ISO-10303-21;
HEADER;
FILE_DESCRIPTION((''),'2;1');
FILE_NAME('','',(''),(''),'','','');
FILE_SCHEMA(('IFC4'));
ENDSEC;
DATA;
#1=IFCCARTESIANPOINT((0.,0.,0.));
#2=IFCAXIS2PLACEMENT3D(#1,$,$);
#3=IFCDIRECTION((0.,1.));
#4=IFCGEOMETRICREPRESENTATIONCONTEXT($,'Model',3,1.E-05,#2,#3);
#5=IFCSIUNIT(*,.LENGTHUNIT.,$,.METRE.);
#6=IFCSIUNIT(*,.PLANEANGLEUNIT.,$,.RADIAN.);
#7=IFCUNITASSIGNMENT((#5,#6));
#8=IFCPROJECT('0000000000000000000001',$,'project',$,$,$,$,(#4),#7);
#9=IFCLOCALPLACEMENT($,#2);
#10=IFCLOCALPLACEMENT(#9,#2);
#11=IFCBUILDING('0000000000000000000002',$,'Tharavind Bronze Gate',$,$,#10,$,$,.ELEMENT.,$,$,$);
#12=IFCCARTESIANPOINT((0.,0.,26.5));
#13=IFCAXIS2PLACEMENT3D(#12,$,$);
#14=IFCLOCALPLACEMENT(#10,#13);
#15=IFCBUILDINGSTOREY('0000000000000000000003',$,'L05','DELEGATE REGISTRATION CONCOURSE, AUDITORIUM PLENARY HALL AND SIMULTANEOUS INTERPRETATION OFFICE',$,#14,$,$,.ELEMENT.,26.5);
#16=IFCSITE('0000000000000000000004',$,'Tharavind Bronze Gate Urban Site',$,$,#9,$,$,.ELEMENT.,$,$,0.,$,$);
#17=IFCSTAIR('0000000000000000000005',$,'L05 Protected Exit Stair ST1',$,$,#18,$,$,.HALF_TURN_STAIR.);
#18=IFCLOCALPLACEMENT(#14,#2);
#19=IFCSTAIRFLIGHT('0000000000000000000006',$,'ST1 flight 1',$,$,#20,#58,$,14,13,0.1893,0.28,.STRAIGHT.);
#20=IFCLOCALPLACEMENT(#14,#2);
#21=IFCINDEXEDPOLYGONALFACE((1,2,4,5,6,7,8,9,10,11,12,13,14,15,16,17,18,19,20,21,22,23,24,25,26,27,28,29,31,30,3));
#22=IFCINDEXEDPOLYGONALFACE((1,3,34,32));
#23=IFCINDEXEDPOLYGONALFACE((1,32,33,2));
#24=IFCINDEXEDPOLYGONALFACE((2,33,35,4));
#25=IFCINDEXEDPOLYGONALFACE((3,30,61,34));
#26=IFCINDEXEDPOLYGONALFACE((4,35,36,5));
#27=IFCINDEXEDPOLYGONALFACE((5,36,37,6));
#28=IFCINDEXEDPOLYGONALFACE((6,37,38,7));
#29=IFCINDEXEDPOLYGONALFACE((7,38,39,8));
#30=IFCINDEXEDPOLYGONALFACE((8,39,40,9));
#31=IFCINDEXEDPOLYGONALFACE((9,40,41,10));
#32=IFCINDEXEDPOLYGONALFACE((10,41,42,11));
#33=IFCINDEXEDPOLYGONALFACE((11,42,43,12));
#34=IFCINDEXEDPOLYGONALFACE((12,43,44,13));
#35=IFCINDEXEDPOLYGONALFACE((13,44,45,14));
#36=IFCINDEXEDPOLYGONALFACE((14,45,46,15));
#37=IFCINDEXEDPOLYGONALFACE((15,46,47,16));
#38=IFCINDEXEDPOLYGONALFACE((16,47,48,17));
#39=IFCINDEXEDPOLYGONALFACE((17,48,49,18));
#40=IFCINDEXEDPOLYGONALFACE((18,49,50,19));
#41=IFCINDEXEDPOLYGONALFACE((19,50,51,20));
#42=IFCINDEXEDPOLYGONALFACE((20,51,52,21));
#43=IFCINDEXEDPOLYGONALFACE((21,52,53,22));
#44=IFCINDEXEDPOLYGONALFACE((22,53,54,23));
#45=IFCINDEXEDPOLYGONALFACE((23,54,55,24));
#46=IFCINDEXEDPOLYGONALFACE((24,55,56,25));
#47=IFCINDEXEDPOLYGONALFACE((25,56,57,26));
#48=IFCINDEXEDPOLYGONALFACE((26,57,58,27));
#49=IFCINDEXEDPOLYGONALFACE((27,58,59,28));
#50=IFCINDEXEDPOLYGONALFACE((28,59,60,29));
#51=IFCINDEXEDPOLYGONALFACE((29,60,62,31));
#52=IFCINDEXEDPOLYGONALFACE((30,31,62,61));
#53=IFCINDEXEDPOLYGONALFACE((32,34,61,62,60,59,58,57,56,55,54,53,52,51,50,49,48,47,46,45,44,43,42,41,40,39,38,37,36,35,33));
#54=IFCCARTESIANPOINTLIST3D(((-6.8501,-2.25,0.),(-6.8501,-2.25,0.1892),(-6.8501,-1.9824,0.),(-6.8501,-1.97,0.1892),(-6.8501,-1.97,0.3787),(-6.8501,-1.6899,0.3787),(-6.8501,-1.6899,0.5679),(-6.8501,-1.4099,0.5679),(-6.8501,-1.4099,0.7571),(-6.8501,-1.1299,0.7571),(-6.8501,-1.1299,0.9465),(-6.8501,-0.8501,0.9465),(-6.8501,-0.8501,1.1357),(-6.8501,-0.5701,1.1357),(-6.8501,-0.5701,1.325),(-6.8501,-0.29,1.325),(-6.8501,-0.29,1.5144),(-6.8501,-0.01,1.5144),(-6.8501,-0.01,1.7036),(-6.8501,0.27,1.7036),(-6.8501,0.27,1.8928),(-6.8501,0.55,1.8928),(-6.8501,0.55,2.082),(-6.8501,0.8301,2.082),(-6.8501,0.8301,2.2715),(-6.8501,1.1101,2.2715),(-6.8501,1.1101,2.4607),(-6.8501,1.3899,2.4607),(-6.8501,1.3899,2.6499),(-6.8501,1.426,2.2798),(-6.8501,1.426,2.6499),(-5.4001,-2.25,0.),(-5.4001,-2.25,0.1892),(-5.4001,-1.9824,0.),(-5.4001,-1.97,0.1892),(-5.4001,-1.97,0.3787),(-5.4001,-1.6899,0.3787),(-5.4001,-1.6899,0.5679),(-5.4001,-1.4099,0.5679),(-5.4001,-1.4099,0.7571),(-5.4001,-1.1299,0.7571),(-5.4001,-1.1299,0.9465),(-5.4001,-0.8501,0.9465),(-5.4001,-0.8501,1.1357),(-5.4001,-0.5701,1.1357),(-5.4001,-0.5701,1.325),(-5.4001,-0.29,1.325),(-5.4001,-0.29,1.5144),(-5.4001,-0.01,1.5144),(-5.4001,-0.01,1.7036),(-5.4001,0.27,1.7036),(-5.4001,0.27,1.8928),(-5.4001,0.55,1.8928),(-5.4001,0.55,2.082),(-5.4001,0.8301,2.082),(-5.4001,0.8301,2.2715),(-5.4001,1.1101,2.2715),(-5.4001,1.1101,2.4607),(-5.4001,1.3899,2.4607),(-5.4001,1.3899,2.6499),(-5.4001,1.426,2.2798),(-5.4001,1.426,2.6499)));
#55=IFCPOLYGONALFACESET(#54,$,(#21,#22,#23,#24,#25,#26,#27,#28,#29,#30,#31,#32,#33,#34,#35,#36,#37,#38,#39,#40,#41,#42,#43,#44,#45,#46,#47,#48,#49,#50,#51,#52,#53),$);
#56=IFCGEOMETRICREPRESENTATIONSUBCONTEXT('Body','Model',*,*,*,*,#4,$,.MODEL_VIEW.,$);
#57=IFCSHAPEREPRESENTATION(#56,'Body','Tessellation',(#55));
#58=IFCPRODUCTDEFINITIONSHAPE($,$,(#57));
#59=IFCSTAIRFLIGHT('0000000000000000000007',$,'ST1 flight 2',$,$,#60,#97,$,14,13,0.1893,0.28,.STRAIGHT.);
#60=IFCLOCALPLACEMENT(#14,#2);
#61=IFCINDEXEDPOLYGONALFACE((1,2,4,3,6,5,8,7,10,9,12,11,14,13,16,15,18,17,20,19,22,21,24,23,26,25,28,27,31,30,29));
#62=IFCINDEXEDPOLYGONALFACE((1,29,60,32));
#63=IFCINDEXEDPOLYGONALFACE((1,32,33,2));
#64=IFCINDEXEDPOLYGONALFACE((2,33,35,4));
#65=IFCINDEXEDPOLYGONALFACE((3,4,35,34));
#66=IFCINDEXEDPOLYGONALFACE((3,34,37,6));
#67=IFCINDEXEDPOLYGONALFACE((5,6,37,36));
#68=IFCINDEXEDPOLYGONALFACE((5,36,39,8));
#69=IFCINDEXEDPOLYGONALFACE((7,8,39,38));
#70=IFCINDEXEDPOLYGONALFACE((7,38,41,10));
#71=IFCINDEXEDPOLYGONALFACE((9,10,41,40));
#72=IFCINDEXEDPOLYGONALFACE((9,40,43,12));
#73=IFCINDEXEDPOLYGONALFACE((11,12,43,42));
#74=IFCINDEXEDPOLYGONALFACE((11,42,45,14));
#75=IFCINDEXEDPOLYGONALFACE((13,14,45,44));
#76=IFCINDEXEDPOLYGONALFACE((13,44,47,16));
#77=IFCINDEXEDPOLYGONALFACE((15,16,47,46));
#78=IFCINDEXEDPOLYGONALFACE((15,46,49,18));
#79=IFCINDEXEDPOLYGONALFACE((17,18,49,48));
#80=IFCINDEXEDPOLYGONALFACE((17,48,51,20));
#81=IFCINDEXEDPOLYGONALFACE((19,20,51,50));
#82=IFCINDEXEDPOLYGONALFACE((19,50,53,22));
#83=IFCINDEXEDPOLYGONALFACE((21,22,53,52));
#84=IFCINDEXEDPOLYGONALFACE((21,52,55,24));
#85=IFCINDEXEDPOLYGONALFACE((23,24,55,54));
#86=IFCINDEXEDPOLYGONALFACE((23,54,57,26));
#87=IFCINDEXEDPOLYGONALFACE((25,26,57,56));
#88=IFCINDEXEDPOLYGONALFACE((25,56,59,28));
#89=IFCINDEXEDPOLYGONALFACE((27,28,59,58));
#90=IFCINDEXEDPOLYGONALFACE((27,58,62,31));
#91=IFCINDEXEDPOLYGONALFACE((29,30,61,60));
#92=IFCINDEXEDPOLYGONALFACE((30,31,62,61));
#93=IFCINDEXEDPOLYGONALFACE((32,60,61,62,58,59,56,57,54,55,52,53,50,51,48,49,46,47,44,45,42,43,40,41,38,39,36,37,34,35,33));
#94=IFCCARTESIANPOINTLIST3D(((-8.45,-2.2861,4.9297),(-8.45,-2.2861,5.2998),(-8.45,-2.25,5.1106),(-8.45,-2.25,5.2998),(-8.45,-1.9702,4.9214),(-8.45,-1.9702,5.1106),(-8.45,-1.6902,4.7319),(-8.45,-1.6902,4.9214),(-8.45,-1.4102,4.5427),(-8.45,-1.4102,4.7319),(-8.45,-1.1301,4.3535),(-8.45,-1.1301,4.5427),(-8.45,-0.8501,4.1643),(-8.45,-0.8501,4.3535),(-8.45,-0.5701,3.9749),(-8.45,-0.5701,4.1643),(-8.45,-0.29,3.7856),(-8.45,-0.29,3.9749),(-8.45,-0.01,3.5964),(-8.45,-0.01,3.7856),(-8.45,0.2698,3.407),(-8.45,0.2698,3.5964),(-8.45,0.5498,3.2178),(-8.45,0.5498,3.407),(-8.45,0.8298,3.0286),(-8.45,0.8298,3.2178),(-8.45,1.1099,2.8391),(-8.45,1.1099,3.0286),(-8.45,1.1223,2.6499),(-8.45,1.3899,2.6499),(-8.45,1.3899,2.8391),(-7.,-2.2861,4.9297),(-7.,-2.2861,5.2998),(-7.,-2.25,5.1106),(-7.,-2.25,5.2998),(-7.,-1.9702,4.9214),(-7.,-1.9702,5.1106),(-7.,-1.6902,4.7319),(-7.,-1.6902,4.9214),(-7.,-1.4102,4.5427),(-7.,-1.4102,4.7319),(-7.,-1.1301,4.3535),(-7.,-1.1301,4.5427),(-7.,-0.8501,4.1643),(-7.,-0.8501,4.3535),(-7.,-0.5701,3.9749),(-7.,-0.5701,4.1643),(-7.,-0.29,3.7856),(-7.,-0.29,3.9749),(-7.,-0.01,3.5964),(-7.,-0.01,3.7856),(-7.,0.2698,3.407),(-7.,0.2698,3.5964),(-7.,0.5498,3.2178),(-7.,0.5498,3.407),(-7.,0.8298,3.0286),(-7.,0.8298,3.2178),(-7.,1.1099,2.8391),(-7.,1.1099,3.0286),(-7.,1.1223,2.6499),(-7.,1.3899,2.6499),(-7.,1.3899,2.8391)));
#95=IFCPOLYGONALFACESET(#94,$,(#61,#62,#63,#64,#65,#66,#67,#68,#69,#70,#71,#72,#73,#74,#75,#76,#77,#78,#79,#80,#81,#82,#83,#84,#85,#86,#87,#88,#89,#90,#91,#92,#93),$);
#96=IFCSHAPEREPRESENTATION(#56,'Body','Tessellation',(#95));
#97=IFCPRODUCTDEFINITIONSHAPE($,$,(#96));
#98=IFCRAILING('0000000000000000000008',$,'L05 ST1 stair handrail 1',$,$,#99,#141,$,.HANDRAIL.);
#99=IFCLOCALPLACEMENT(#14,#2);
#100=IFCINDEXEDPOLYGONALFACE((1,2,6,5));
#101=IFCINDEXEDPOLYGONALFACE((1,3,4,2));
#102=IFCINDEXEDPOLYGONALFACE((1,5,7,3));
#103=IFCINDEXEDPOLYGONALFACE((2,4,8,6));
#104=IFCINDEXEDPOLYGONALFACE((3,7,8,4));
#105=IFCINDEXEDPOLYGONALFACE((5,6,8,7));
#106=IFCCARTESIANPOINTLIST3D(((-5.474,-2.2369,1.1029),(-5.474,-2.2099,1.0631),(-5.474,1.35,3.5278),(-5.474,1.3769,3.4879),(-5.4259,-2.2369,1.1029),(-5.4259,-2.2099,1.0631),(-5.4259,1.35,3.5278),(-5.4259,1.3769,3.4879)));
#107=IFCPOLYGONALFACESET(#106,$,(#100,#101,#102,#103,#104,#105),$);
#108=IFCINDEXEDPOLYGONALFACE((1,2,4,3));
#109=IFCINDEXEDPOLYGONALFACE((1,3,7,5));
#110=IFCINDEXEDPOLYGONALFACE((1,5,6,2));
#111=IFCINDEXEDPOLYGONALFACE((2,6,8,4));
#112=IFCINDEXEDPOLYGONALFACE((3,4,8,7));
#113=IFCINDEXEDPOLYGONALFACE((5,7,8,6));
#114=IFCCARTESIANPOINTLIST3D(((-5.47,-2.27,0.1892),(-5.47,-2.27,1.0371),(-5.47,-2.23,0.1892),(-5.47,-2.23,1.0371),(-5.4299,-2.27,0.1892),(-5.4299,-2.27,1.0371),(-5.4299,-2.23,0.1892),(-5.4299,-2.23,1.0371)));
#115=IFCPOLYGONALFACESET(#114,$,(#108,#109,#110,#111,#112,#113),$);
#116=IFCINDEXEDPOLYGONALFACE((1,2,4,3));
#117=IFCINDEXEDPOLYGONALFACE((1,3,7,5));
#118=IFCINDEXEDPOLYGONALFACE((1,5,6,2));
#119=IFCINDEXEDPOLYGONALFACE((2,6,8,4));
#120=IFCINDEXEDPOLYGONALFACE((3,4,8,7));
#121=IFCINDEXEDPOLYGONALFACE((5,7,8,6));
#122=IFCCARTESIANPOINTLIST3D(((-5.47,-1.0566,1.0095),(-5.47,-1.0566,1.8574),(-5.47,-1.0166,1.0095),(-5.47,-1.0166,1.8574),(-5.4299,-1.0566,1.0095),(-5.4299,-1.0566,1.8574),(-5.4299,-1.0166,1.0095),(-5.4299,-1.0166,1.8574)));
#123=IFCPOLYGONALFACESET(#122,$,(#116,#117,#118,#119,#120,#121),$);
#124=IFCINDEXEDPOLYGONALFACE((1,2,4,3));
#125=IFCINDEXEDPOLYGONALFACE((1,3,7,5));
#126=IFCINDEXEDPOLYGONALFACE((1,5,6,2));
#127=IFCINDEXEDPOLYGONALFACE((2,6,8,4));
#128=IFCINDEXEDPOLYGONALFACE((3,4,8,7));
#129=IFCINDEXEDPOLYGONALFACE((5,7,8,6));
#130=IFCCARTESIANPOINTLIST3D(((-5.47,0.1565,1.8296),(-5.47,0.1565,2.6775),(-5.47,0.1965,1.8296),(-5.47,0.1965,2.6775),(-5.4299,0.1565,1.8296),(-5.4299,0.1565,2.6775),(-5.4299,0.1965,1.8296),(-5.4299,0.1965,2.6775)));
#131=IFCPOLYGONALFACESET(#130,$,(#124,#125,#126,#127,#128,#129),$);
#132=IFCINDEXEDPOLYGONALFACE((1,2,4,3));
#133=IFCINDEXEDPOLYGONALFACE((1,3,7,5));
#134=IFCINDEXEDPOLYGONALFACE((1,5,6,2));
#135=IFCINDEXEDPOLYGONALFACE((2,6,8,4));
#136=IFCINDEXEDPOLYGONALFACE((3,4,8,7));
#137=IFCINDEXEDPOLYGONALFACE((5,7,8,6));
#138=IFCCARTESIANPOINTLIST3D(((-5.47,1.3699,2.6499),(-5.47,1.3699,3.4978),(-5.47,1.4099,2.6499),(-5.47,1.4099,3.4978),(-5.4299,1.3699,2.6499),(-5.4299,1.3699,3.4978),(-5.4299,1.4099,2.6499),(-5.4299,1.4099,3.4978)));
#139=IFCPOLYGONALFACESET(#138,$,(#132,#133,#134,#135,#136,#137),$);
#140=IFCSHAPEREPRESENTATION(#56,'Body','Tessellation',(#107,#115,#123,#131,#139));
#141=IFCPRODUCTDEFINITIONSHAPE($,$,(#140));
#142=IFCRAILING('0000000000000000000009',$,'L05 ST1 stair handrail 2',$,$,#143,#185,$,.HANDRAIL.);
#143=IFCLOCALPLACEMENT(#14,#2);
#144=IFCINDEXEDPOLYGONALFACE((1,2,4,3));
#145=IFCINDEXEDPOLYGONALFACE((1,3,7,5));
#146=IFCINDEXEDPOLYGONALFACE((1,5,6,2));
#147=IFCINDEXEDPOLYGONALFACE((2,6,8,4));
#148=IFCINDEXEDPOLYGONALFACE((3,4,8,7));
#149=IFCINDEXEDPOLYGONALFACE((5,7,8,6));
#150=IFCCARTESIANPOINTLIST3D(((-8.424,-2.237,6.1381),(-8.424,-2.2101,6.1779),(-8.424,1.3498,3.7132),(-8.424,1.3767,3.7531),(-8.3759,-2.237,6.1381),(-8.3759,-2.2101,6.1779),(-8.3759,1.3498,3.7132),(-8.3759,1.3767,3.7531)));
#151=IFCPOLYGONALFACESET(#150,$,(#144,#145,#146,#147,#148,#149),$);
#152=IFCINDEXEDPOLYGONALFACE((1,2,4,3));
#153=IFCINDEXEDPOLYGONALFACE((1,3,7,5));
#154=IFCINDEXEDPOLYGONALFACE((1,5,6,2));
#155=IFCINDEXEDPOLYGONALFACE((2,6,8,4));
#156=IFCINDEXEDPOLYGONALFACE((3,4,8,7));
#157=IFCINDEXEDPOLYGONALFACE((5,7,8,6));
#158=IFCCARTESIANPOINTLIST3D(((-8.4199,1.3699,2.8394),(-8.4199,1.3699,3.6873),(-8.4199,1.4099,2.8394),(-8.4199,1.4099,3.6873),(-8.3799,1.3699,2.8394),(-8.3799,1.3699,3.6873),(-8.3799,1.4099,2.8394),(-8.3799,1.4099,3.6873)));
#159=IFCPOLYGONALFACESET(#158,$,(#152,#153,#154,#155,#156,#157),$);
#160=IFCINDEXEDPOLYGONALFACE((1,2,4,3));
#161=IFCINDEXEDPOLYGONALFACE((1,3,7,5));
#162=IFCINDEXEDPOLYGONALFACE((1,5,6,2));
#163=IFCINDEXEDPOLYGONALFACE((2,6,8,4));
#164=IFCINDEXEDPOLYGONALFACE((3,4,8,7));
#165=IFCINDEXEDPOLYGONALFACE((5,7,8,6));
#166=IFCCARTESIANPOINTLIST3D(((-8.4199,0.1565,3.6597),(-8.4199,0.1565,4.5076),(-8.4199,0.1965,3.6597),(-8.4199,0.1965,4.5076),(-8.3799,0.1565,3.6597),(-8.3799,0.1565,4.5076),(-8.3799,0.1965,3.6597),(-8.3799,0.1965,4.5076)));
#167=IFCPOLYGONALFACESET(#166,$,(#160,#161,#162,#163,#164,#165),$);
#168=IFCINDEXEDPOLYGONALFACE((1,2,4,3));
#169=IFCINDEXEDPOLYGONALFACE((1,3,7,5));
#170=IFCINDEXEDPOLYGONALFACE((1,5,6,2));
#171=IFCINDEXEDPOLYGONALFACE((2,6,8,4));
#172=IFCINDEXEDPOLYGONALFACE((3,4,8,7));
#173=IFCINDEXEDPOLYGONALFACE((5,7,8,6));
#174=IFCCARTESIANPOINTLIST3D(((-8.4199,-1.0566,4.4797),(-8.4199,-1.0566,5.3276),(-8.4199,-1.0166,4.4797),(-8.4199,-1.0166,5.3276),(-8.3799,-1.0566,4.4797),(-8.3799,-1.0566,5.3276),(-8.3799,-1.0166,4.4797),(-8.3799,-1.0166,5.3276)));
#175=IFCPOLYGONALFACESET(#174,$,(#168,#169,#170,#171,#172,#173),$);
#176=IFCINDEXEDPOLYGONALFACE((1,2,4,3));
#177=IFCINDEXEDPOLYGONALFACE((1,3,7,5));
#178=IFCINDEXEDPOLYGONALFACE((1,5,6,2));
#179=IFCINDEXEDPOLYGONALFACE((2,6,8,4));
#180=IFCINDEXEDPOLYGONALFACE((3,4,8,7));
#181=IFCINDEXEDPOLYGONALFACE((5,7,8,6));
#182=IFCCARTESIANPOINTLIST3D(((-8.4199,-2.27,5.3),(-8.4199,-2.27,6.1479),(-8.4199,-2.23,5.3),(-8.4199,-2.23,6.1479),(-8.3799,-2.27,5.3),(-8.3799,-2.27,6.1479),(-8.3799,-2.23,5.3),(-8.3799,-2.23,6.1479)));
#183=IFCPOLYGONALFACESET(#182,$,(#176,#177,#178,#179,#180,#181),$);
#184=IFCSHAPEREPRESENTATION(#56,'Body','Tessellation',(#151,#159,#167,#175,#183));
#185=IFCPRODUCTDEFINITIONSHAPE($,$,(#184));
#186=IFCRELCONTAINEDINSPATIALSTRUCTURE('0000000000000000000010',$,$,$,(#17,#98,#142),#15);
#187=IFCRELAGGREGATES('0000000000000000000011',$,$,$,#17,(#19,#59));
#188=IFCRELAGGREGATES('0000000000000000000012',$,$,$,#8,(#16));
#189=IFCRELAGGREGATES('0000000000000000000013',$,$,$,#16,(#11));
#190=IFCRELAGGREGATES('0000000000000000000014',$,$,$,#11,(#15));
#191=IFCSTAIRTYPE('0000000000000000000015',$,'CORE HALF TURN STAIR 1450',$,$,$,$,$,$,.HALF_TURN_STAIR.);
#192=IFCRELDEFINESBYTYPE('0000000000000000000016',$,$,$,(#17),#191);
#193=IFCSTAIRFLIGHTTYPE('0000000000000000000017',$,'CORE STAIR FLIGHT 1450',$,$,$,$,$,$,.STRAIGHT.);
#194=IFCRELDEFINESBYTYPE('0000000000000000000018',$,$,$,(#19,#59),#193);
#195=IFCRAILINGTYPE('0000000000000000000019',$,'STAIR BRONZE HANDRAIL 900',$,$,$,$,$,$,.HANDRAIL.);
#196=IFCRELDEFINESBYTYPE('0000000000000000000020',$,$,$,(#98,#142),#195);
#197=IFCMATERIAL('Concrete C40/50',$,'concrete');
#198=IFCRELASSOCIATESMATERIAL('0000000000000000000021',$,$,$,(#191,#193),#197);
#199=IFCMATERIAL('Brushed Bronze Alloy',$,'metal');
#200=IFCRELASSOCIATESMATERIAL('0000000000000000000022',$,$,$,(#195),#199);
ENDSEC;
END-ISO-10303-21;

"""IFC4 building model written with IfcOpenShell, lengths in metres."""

from ifc_helpers import new_model, si_unit, direction, frame, origin, origin_2d, place, context, subcontext, project, spatial, polyline, rectangle, outline, extrude, material, type_object, element, aggregate, save


model = new_model("IFC4")

# Units and contexts
model_context = context("Model", 3, precision=1e-05, world=origin(), true_north=direction((0.0, 1.0)))
body_context = subcontext(model_context, "Body", "Model", "MODEL_VIEW")
ifc_project = project(units=[si_unit("LENGTHUNIT", "METRE"), si_unit("PLANEANGLEUNIT", "RADIAN")], contexts=[model_context])

# Site, building, storey
site_placement = place(None, origin())
site = spatial("IfcSite", under=ifc_project, at=site_placement, Name="Tharavind Bronze Gate Urban Site", CompositionType="ELEMENT", RefElevation=0.0)
building_placement = place(site_placement, origin())
building = spatial("IfcBuilding", under=site, at=building_placement, Name="Tharavind Bronze Gate", CompositionType="ELEMENT")
storey_placement = place(building_placement, frame((0.0, 0.0, 26.5)))
storey = spatial("IfcBuildingStorey", under=building, at=storey_placement, Name="L05", Description="DELEGATE REGISTRATION CONCOURSE, AUDITORIUM PLENARY HALL AND SIMULTANEOUS INTERPRETATION OFFICE", CompositionType="ELEMENT", Elevation=26.5)

# Shared definitions
ifc_material_1 = material(Name="Concrete C40/50", Category="concrete")

# Stair, stair flights
stair_type = type_object("IfcStairType", Name="CORE HALF TURN STAIR 1450", PredefinedType="HALF_TURN_STAIR", material=ifc_material_1)
stair_placement = place(storey_placement, origin())
stair = element("IfcStair", 1, at=stair_placement, inside=storey, type_object=stair_type, Name="L05 Protected Exit Stair ST1", PredefinedType="HALF_TURN_STAIR")
stair_flight_type = type_object("IfcStairFlightType", Name="CORE STAIR FLIGHT 1450", PredefinedType="STRAIGHT", material=ifc_material_1)
stair_flight_1_placement = place(storey_placement, frame((-6.125, -2.25, 0.0), z_axis=(0.0, 0.0, 1.0), x_axis=(0.0, 1.0, 0.0)))
stair_flight_1 = element("IfcStairFlight", 2, at=stair_flight_1_placement, type_object=stair_flight_type, Name="ST1 flight 1", NumberOfRisers=14, NumberOfTreads=13, PredefinedType="STRAIGHT", RiserHeight=0.1893, TreadLength=0.28, context=body_context, shape_type="SweptSolid", body=[
    extrude(outline(polyline([(0.0, 0.0), (0.0, 0.1892), (0.28, 0.1892), (0.28, 0.3787), (0.5601, 0.3787), (0.5601, 0.5679), (0.8401, 0.5679), (0.8401, 0.7571), (1.1201, 0.7571), (1.1201, 0.9465), (1.3999, 0.9465), (1.3999, 1.1357), (1.6799, 1.1357), (1.6799, 1.325), (1.96, 1.325), (1.96, 1.5144), (2.24, 1.5144), (2.24, 1.7036), (2.52, 1.7036), (2.52, 1.8928), (2.8, 1.8928), (2.8, 2.082), (3.0801, 2.082), (3.0801, 2.2715), (3.3601, 2.2715), (3.3601, 2.4607), (3.6399, 2.4607), (3.6399, 2.6499), (3.676, 2.6499), (3.676, 2.2798), (0.2676, 0.0), (0.0, 0.0)])), frame((0.0, 0.7251, 0.0), z_axis=(0.0, -1.0, 0.0), x_axis=(1.0, 0.0, 0.0)), (0.0, 0.0, 1.0), 1.45),
])
stair_flight_2_placement = place(storey_placement, frame((-7.7251, 1.3899, 2.6499), z_axis=(0.0, 0.0, 1.0), x_axis=(0.0, -1.0, 0.0)))
stair_flight_2 = element("IfcStairFlight", 3, at=stair_flight_2_placement, type_object=stair_flight_type, Name="ST1 flight 2", NumberOfRisers=14, NumberOfTreads=13, PredefinedType="STRAIGHT", RiserHeight=0.1893, TreadLength=0.28, context=body_context, shape_type="SweptSolid", body=[
    extrude(outline(polyline([(0.0, 0.0), (0.0, 0.1892), (0.28, 0.1892), (0.28, 0.3787), (0.5601, 0.3787), (0.5601, 0.5679), (0.8401, 0.5679), (0.8401, 0.7571), (1.1201, 0.7571), (1.1201, 0.9465), (1.3999, 0.9465), (1.3999, 1.1357), (1.6799, 1.1357), (1.6799, 1.325), (1.96, 1.325), (1.96, 1.5144), (2.24, 1.5144), (2.24, 1.7036), (2.52, 1.7036), (2.52, 1.8928), (2.8, 1.8928), (2.8, 2.082), (3.0801, 2.082), (3.0801, 2.2715), (3.3601, 2.2715), (3.3601, 2.4607), (3.6399, 2.4607), (3.6399, 2.6499), (3.676, 2.6499), (3.676, 2.2798), (0.2676, 0.0), (0.0, 0.0)])), frame((0.0, 0.7251, 0.0), z_axis=(0.0, -1.0, 0.0), x_axis=(1.0, 0.0, 0.0)), (0.0, 0.0, 1.0), 1.45),
])
aggregate(stair, [stair_flight_1, stair_flight_2])

# Railings
ifc_material_2 = material(Name="Brushed Bronze Alloy", Category="metal")
railing_type_1 = type_object("IfcRailingType", Name="STAIR BRONZE HANDRAIL 900", PredefinedType="HANDRAIL", material=ifc_material_2)
railing_1_placement = place(storey_placement, frame((-5.45, -2.25, 0.1892)))
element("IfcRailing", 4, at=railing_1_placement, inside=storey, type_object=railing_type_1, Name="L05 ST1 stair handrail 1", PredefinedType="HANDRAIL", context=body_context, shape_type="SweptSolid", body=[
    extrude(rectangle(XDim=0.0481, YDim=0.0481, at=origin_2d()), frame((0.0, 0.0266, 0.8938), z_axis=(0.0, 0.828451, 0.560062), x_axis=(-1.0, 0.0, 0.0)), (0.0, 0.0, 1.0), 4.3296),
    extrude(rectangle(XDim=0.04, YDim=0.04, at=origin_2d()), origin(), (0.0, 0.0, 1.0), 0.8479),
    extrude(rectangle(XDim=0.04, YDim=0.04, at=origin_2d()), frame((0.0, 1.2134, 0.8203)), (0.0, 0.0, 1.0), 0.8479),
    extrude(rectangle(XDim=0.04, YDim=0.04, at=origin_2d()), frame((0.0, 2.4265, 1.6404)), (0.0, 0.0, 1.0), 0.8479),
    extrude(rectangle(XDim=0.04, YDim=0.04, at=origin_2d()), frame((0.0, 3.6399, 2.4607)), (0.0, 0.0, 1.0), 0.8479),
])
railing_2_placement = place(storey_placement, frame((-8.3999, 1.3899, 2.8394)))
element("IfcRailing", 5, at=railing_2_placement, inside=storey, type_object=railing_type_1, Name="L05 ST1 stair handrail 2", PredefinedType="HANDRAIL", context=body_context, shape_type="SweptSolid", body=[
    extrude(rectangle(XDim=0.0481, YDim=0.0481, at=origin_2d()), frame((0.0, -0.0266, 0.8938), z_axis=(0.0, -0.828451, 0.560062), x_axis=(1.0, 0.0, 0.0)), (0.0, 0.0, 1.0), 4.3296),
    extrude(rectangle(XDim=0.04, YDim=0.04, at=origin_2d()), origin(), (0.0, 0.0, 1.0), 0.8479),
    extrude(rectangle(XDim=0.04, YDim=0.04, at=origin_2d()), frame((0.0, -1.2134, 0.8203)), (0.0, 0.0, 1.0), 0.8479),
    extrude(rectangle(XDim=0.04, YDim=0.04, at=origin_2d()), frame((0.0, -2.4265, 1.6404)), (0.0, 0.0, 1.0), 0.8479),
    extrude(rectangle(XDim=0.04, YDim=0.04, at=origin_2d()), frame((0.0, -3.6399, 2.4607)), (0.0, 0.0, 1.0), 0.8479),
])

save(model, "model.ifc")
